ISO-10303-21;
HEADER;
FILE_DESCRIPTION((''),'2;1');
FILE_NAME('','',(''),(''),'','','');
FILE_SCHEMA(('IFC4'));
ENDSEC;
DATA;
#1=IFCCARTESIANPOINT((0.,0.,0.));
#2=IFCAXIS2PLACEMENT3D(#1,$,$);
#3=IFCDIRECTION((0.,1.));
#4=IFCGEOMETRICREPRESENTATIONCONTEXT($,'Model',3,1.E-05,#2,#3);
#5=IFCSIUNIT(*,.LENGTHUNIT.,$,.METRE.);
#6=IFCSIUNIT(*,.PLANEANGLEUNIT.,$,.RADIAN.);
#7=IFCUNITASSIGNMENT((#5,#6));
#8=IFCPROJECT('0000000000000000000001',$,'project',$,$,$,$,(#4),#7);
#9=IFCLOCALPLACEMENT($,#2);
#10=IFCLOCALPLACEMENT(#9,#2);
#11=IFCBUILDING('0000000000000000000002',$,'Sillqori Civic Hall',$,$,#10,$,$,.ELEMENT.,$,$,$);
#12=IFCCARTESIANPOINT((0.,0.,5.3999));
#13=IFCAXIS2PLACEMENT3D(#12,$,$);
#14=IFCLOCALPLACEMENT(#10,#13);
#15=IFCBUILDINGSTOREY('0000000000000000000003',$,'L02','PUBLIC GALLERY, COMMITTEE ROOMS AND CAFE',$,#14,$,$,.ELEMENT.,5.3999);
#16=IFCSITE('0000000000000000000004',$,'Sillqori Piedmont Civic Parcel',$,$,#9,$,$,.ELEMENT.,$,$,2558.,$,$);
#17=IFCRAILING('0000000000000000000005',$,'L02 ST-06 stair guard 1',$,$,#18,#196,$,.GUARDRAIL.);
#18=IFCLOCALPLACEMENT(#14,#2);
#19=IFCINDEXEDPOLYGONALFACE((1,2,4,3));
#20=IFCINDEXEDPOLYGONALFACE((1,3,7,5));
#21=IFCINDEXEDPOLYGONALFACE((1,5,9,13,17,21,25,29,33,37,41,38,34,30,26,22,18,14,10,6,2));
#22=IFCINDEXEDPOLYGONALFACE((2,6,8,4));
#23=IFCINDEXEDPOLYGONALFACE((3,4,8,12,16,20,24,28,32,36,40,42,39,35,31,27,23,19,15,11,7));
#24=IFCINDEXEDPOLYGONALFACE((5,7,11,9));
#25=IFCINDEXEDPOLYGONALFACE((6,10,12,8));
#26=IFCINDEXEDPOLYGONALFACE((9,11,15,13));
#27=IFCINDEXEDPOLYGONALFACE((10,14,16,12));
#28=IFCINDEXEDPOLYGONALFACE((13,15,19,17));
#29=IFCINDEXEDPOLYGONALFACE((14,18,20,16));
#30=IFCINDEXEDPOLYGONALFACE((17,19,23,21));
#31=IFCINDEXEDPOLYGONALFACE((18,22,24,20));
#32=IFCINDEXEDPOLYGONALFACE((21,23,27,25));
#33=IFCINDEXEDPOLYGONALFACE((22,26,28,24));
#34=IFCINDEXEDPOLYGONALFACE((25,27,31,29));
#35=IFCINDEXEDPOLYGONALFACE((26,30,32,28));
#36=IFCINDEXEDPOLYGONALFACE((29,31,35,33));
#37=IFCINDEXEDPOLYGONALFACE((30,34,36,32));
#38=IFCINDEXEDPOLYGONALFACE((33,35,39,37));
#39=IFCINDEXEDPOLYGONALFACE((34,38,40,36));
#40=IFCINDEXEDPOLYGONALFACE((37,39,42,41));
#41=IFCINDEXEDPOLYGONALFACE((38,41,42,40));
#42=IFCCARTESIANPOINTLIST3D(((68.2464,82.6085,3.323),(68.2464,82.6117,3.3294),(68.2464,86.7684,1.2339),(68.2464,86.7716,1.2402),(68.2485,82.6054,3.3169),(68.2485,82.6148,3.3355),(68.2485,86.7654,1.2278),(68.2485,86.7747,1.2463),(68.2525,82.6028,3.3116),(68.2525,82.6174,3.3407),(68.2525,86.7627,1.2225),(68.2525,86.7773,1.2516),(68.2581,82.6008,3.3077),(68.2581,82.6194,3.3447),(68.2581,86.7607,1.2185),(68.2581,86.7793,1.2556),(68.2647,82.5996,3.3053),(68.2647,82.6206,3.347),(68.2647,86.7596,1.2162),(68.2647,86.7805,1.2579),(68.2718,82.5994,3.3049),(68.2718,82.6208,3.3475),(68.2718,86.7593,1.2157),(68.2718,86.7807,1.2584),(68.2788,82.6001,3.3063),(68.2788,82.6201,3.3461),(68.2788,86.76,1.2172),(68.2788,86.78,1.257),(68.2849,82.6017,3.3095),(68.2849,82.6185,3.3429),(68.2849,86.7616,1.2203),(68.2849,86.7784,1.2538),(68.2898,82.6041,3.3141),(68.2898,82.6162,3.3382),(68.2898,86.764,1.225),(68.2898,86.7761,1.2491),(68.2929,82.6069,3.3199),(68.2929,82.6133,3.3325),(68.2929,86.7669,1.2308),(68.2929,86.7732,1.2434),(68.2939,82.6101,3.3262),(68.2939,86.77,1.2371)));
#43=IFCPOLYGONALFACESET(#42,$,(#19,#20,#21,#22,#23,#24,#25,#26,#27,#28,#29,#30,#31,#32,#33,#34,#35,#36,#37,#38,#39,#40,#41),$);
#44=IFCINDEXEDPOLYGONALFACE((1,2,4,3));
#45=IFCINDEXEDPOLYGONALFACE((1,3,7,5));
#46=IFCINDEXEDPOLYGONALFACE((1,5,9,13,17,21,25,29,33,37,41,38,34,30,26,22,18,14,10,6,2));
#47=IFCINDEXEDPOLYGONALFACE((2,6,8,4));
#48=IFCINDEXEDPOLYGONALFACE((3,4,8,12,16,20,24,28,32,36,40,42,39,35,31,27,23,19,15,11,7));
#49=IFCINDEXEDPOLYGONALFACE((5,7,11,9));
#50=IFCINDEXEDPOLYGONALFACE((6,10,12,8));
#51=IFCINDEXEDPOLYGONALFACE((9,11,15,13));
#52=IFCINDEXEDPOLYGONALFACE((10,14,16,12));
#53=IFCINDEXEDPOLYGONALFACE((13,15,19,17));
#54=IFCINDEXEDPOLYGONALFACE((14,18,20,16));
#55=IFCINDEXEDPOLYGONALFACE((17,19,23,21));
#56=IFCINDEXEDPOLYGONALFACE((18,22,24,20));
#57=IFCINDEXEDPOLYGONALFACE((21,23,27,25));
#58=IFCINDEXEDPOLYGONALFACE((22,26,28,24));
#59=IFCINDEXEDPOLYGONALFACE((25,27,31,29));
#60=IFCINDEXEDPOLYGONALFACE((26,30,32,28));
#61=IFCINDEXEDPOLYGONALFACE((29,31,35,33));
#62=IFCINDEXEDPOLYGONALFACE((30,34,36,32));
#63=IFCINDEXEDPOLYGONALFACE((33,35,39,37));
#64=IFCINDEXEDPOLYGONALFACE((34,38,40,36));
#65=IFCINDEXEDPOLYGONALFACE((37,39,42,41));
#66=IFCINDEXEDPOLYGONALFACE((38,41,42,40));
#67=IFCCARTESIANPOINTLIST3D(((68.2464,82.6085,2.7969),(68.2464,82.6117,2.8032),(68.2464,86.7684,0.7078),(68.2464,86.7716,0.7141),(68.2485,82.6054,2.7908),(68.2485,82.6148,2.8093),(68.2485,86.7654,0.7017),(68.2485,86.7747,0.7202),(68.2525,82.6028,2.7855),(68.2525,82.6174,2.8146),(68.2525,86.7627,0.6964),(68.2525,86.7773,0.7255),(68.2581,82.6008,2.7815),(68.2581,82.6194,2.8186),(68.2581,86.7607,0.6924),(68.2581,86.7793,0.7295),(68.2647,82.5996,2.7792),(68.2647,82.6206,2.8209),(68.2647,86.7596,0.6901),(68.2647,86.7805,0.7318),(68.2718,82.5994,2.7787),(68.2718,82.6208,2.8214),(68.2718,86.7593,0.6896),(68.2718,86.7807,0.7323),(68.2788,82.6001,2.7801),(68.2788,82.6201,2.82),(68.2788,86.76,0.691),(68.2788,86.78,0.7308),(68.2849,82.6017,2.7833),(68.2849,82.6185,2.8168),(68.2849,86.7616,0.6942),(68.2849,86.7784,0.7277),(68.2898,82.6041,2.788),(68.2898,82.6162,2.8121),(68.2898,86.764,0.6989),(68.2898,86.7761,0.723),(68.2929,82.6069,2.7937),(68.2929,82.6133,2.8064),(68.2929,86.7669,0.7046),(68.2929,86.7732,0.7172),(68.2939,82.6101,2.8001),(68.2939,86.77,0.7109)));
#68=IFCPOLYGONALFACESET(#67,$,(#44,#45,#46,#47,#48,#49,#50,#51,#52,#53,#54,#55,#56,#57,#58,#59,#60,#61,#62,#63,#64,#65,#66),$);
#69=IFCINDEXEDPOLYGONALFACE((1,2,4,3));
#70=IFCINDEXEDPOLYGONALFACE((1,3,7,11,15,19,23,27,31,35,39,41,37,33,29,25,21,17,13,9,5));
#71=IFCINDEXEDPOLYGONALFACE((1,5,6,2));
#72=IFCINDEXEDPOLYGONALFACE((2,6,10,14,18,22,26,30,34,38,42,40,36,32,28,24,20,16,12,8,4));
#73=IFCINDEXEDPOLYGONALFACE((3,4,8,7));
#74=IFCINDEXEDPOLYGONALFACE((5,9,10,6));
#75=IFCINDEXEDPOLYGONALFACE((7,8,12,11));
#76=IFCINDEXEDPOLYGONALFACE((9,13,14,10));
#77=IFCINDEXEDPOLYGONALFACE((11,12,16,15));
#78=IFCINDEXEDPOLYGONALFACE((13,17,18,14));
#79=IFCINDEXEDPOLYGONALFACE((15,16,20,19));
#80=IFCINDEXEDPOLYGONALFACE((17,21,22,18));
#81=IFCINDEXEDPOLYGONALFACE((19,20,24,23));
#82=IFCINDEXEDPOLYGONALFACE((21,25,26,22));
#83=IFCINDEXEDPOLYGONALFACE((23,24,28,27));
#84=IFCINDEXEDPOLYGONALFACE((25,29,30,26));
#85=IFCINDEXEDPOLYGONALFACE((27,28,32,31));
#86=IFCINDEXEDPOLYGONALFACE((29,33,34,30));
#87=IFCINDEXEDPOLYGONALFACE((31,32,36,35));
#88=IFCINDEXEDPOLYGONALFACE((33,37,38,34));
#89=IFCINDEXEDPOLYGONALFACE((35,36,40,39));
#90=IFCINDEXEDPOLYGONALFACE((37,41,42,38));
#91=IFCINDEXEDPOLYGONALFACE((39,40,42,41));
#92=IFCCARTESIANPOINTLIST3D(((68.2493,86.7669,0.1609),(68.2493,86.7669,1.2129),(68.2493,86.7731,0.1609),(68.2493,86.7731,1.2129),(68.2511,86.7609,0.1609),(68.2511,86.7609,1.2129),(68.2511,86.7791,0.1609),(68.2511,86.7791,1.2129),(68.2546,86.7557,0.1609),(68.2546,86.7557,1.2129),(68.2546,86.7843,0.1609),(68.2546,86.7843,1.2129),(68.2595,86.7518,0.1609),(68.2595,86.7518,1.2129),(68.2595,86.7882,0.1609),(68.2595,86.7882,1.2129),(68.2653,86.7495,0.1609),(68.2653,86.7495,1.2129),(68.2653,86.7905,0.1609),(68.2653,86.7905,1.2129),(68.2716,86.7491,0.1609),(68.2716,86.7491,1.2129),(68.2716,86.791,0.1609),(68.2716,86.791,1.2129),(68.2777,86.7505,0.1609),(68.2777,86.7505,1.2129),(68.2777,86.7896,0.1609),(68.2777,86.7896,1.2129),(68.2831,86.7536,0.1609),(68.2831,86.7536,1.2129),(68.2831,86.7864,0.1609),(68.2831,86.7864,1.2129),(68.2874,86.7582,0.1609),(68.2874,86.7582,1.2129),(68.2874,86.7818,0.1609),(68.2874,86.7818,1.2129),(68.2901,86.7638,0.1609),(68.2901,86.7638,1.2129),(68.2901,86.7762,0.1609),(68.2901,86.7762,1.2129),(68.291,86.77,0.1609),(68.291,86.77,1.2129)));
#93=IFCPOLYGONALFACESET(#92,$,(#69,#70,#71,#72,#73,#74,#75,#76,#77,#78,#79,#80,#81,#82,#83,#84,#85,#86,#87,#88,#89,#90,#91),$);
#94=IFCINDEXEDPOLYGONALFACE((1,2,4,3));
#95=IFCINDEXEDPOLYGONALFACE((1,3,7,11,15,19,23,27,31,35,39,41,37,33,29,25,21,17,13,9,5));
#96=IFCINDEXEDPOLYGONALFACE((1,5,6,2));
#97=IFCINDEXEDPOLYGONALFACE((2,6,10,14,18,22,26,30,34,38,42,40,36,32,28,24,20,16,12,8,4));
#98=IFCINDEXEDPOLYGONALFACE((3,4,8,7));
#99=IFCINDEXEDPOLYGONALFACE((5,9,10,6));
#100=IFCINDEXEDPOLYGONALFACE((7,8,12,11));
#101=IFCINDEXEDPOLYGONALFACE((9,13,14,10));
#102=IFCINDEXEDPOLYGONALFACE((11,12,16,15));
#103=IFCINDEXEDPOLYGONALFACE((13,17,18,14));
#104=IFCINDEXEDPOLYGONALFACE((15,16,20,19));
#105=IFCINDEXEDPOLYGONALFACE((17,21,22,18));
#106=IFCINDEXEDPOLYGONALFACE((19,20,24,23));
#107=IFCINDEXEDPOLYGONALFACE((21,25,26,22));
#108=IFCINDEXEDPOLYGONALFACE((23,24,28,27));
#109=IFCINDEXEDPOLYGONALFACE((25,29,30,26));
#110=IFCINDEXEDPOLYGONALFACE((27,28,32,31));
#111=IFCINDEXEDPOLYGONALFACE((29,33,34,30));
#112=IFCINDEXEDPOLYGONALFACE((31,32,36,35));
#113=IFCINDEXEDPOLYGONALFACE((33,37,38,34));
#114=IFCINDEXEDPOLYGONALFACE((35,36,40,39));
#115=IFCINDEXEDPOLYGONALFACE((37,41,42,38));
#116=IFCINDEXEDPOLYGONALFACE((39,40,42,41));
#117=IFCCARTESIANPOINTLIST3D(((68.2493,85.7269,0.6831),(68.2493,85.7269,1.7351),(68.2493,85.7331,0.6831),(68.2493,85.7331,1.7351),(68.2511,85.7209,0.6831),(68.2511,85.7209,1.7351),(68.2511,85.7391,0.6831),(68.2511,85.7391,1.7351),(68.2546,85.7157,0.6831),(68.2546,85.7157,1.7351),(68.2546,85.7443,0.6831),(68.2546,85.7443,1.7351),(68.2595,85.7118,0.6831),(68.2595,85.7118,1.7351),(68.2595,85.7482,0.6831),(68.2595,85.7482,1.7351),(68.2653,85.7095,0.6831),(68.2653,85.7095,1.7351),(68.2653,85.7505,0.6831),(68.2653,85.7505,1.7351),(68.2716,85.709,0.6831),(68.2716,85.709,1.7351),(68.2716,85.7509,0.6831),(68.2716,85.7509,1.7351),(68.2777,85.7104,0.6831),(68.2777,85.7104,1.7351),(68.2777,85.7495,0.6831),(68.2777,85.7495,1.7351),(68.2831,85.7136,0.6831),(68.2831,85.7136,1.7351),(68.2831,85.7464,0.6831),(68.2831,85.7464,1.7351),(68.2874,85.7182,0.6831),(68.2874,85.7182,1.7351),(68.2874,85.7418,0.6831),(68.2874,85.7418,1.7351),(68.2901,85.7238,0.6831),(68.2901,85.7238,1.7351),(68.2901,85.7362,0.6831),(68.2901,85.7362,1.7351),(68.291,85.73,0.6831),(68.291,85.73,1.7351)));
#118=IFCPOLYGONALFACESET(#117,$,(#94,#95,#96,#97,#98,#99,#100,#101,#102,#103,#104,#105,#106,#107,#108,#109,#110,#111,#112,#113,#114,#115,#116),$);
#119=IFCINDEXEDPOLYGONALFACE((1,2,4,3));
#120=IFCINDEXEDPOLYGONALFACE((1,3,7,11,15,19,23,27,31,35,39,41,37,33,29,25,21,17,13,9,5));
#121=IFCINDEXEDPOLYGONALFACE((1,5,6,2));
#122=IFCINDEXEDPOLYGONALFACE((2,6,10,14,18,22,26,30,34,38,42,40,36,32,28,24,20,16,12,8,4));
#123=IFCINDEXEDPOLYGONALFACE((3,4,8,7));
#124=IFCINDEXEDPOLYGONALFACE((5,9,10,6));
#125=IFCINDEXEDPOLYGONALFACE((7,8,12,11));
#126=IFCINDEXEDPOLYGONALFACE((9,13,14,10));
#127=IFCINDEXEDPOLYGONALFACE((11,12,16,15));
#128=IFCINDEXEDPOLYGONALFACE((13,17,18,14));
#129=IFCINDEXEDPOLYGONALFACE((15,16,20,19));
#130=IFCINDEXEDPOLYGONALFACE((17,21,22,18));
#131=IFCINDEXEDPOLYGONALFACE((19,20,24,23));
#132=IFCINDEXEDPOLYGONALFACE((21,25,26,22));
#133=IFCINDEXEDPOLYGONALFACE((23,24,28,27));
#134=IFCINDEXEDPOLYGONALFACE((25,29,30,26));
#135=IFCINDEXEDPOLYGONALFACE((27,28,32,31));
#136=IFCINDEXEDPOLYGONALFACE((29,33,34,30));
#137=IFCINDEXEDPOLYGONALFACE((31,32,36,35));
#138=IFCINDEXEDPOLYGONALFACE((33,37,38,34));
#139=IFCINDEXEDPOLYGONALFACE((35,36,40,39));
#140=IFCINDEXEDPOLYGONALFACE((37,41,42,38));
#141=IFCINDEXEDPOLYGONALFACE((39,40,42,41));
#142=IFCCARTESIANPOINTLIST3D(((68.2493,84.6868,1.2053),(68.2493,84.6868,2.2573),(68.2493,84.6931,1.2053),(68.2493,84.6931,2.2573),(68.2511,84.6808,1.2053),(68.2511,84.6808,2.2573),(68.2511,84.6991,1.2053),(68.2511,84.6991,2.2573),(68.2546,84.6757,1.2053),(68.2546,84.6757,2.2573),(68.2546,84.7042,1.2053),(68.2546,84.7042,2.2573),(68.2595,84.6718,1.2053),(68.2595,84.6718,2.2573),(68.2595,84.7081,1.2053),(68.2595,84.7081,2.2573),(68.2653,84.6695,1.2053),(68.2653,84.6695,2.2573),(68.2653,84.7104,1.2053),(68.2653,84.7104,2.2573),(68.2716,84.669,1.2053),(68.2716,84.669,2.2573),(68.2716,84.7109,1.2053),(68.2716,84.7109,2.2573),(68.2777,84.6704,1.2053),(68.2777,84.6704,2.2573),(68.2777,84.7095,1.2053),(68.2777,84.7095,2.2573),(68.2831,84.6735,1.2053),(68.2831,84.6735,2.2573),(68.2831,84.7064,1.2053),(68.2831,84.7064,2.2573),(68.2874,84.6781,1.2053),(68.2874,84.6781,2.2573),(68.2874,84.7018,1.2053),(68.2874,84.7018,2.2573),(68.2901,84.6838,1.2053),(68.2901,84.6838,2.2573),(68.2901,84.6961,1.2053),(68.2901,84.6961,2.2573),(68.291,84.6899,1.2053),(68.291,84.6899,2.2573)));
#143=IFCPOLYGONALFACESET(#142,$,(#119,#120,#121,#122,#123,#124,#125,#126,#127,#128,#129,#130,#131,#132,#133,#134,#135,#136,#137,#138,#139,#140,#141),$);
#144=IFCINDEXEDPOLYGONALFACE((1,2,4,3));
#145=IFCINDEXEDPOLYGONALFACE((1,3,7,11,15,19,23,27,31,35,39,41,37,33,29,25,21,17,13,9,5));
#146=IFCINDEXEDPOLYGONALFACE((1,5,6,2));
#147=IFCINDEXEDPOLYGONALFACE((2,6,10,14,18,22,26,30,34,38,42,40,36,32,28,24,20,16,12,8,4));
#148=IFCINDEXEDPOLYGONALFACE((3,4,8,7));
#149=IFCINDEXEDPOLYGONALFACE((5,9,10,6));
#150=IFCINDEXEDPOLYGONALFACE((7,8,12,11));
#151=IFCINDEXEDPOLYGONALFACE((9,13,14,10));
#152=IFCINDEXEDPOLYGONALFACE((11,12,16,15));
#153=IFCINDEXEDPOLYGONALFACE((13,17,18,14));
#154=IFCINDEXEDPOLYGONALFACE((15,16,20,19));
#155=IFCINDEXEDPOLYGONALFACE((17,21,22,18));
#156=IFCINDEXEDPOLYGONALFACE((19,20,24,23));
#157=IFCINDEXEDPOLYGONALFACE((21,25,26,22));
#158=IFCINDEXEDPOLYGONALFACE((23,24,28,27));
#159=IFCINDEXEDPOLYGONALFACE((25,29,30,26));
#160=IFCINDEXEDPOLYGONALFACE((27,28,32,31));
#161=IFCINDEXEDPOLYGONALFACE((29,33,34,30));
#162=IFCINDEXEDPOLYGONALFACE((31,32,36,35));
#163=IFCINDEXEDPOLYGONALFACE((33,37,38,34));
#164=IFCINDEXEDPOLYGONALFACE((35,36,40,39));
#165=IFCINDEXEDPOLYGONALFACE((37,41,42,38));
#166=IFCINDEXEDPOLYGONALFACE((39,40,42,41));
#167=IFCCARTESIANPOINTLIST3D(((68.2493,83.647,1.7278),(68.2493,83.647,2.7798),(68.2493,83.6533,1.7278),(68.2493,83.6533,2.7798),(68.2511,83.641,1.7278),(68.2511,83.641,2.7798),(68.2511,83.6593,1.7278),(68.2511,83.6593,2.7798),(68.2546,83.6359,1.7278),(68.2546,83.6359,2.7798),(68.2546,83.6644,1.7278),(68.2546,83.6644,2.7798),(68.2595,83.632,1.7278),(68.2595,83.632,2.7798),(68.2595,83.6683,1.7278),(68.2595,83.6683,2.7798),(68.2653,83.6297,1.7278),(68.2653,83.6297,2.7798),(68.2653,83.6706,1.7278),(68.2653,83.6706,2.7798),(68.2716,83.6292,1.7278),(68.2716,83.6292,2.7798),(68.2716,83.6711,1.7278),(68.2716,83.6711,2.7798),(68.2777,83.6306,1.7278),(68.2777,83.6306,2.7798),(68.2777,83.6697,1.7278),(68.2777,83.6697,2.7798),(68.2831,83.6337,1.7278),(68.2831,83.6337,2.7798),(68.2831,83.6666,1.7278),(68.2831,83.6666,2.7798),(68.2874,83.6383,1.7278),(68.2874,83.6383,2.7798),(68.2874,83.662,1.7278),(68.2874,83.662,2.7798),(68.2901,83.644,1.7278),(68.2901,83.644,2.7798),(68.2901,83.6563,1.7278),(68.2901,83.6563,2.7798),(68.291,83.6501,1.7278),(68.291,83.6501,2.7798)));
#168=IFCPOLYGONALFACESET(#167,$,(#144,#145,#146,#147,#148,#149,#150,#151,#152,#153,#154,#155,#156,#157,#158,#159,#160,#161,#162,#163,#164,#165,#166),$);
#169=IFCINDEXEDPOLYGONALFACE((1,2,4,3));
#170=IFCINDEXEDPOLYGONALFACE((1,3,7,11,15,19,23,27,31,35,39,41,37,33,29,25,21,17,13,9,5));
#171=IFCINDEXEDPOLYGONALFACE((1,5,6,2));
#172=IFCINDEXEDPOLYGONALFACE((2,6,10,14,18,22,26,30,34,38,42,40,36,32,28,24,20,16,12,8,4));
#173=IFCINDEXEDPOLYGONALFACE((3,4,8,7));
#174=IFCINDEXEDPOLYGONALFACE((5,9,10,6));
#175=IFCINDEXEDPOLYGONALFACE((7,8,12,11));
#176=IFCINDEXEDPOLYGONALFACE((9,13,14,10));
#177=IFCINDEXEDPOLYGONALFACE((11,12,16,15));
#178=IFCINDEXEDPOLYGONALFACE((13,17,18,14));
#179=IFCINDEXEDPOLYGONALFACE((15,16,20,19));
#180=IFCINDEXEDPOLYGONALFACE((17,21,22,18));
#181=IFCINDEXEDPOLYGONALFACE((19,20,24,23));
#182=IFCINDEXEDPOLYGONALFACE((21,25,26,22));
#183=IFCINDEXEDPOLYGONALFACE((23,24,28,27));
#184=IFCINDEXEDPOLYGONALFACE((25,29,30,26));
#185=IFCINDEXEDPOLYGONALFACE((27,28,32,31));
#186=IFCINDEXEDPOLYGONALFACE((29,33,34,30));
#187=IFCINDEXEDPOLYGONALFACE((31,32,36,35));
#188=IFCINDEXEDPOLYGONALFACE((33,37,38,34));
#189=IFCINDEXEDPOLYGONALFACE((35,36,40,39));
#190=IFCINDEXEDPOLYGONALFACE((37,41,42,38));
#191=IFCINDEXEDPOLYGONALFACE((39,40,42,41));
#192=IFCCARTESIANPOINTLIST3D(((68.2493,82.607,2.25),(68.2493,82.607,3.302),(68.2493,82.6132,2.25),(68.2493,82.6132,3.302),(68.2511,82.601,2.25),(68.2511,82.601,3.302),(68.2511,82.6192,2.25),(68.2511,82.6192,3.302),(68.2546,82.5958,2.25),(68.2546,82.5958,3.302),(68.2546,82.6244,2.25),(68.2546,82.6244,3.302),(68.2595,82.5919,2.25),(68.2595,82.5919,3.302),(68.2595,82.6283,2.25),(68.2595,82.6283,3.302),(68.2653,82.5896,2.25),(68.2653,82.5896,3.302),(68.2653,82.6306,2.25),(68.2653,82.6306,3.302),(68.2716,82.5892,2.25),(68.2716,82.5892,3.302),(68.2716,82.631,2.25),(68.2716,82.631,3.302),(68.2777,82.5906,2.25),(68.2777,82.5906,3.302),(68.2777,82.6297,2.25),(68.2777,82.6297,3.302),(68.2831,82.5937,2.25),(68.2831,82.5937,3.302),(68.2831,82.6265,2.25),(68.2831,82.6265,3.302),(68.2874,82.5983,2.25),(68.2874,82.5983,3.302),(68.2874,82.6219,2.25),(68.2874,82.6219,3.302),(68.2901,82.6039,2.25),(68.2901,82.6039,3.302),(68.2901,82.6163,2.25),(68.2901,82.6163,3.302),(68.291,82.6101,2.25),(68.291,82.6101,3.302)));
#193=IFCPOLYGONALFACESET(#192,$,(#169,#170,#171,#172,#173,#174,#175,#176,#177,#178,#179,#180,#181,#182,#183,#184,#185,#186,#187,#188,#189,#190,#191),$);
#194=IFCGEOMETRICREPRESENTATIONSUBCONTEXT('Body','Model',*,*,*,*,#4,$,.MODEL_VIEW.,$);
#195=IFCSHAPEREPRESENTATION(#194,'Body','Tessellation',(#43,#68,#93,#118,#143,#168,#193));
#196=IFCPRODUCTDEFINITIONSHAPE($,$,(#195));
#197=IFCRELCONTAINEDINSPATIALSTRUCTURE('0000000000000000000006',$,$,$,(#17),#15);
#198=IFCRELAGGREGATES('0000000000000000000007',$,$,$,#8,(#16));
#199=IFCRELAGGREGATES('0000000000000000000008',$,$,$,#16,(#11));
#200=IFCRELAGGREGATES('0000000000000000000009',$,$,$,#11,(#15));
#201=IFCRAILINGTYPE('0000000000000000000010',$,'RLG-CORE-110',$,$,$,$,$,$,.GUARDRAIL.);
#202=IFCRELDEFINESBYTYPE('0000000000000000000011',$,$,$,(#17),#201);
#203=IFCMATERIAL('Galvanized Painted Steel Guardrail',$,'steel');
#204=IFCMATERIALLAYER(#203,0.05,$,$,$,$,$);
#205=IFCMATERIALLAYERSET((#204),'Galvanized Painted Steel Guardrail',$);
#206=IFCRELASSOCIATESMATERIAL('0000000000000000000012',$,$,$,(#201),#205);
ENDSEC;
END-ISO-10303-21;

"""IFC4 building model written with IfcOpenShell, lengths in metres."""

from ifc_helpers import new_model, si_unit, direction, frame, origin, origin_2d, place, context, subcontext, project, spatial, circle, extrude, material, layer, layer_set, type_object, element, save


model = new_model("IFC4")

# Units and contexts
model_context = context("Model", 3, precision=1e-05, world=origin(), true_north=direction((0.0, 1.0)))
body_context = subcontext(model_context, "Body", "Model", "MODEL_VIEW")
ifc_project = project(units=[si_unit("LENGTHUNIT", "METRE"), si_unit("PLANEANGLEUNIT", "RADIAN")], contexts=[model_context])

# Site, building, storey
site_placement = place(None, origin())
site = spatial("IfcSite", under=ifc_project, at=site_placement, Name="Sillqori Piedmont Civic Parcel", CompositionType="ELEMENT", RefElevation=2558.0)
building_placement = place(site_placement, origin())
building = spatial("IfcBuilding", under=site, at=building_placement, Name="Sillqori Civic Hall", CompositionType="ELEMENT")
storey_placement = place(building_placement, frame((0.0, 0.0, 5.3999)))
storey = spatial("IfcBuildingStorey", under=building, at=storey_placement, Name="L02", Description="PUBLIC GALLERY, COMMITTEE ROOMS AND CAFE", CompositionType="ELEMENT", Elevation=5.3999)

# Railing
ifc_material_1 = material(Name="Galvanized Painted Steel Guardrail", Category="steel")
ifc_layer_1 = layer(ifc_material_1, 0.05)
ifc_layer_set_1 = layer_set([ifc_layer_1], Name="Galvanized Painted Steel Guardrail")
railing_type_1 = type_object("IfcRailingType", Name="RLG-CORE-110", PredefinedType="GUARDRAIL", material=ifc_layer_set_1)
railing_1_placement = place(storey_placement, frame((68.27, 86.77, 0.1609)))
element("IfcRailing", 1, at=railing_1_placement, inside=storey, type_object=railing_type_1, Name="L02 ST-06 stair guard 1", PredefinedType="GUARDRAIL", context=body_context, shape_type="SweptSolid", body=[
    extrude(circle(Radius=0.0239, at=origin_2d()), frame((0.0, 0.0, 1.0762), z_axis=(0.0, -0.893639, 0.448786), x_axis=(1.0, 0.0, 0.0)), (0.0, 0.0, 1.0), 4.655),
    extrude(circle(Radius=0.0239, at=origin_2d()), frame((0.0, 0.0, 0.55), z_axis=(0.0, -0.893639, 0.448786), x_axis=(1.0, 0.0, 0.0)), (0.0, 0.0, 1.0), 4.655),
    extrude(circle(Radius=0.021, at=origin_2d()), origin(), (0.0, 0.0, 1.0), 1.052),
    extrude(circle(Radius=0.021, at=origin_2d()), frame((0.0, -1.04, 0.5222)), (0.0, 0.0, 1.0), 1.052),
    extrude(circle(Radius=0.021, at=origin_2d()), frame((0.0, -2.0801, 1.0444)), (0.0, 0.0, 1.0), 1.052),
    extrude(circle(Radius=0.021, at=origin_2d()), frame((0.0, -3.1199, 1.5669)), (0.0, 0.0, 1.0), 1.052),
    extrude(circle(Radius=0.021, at=origin_2d()), frame((0.0, -4.1599, 2.0891)), (0.0, 0.0, 1.0), 1.052),
])

save(model, "model.ifc")
